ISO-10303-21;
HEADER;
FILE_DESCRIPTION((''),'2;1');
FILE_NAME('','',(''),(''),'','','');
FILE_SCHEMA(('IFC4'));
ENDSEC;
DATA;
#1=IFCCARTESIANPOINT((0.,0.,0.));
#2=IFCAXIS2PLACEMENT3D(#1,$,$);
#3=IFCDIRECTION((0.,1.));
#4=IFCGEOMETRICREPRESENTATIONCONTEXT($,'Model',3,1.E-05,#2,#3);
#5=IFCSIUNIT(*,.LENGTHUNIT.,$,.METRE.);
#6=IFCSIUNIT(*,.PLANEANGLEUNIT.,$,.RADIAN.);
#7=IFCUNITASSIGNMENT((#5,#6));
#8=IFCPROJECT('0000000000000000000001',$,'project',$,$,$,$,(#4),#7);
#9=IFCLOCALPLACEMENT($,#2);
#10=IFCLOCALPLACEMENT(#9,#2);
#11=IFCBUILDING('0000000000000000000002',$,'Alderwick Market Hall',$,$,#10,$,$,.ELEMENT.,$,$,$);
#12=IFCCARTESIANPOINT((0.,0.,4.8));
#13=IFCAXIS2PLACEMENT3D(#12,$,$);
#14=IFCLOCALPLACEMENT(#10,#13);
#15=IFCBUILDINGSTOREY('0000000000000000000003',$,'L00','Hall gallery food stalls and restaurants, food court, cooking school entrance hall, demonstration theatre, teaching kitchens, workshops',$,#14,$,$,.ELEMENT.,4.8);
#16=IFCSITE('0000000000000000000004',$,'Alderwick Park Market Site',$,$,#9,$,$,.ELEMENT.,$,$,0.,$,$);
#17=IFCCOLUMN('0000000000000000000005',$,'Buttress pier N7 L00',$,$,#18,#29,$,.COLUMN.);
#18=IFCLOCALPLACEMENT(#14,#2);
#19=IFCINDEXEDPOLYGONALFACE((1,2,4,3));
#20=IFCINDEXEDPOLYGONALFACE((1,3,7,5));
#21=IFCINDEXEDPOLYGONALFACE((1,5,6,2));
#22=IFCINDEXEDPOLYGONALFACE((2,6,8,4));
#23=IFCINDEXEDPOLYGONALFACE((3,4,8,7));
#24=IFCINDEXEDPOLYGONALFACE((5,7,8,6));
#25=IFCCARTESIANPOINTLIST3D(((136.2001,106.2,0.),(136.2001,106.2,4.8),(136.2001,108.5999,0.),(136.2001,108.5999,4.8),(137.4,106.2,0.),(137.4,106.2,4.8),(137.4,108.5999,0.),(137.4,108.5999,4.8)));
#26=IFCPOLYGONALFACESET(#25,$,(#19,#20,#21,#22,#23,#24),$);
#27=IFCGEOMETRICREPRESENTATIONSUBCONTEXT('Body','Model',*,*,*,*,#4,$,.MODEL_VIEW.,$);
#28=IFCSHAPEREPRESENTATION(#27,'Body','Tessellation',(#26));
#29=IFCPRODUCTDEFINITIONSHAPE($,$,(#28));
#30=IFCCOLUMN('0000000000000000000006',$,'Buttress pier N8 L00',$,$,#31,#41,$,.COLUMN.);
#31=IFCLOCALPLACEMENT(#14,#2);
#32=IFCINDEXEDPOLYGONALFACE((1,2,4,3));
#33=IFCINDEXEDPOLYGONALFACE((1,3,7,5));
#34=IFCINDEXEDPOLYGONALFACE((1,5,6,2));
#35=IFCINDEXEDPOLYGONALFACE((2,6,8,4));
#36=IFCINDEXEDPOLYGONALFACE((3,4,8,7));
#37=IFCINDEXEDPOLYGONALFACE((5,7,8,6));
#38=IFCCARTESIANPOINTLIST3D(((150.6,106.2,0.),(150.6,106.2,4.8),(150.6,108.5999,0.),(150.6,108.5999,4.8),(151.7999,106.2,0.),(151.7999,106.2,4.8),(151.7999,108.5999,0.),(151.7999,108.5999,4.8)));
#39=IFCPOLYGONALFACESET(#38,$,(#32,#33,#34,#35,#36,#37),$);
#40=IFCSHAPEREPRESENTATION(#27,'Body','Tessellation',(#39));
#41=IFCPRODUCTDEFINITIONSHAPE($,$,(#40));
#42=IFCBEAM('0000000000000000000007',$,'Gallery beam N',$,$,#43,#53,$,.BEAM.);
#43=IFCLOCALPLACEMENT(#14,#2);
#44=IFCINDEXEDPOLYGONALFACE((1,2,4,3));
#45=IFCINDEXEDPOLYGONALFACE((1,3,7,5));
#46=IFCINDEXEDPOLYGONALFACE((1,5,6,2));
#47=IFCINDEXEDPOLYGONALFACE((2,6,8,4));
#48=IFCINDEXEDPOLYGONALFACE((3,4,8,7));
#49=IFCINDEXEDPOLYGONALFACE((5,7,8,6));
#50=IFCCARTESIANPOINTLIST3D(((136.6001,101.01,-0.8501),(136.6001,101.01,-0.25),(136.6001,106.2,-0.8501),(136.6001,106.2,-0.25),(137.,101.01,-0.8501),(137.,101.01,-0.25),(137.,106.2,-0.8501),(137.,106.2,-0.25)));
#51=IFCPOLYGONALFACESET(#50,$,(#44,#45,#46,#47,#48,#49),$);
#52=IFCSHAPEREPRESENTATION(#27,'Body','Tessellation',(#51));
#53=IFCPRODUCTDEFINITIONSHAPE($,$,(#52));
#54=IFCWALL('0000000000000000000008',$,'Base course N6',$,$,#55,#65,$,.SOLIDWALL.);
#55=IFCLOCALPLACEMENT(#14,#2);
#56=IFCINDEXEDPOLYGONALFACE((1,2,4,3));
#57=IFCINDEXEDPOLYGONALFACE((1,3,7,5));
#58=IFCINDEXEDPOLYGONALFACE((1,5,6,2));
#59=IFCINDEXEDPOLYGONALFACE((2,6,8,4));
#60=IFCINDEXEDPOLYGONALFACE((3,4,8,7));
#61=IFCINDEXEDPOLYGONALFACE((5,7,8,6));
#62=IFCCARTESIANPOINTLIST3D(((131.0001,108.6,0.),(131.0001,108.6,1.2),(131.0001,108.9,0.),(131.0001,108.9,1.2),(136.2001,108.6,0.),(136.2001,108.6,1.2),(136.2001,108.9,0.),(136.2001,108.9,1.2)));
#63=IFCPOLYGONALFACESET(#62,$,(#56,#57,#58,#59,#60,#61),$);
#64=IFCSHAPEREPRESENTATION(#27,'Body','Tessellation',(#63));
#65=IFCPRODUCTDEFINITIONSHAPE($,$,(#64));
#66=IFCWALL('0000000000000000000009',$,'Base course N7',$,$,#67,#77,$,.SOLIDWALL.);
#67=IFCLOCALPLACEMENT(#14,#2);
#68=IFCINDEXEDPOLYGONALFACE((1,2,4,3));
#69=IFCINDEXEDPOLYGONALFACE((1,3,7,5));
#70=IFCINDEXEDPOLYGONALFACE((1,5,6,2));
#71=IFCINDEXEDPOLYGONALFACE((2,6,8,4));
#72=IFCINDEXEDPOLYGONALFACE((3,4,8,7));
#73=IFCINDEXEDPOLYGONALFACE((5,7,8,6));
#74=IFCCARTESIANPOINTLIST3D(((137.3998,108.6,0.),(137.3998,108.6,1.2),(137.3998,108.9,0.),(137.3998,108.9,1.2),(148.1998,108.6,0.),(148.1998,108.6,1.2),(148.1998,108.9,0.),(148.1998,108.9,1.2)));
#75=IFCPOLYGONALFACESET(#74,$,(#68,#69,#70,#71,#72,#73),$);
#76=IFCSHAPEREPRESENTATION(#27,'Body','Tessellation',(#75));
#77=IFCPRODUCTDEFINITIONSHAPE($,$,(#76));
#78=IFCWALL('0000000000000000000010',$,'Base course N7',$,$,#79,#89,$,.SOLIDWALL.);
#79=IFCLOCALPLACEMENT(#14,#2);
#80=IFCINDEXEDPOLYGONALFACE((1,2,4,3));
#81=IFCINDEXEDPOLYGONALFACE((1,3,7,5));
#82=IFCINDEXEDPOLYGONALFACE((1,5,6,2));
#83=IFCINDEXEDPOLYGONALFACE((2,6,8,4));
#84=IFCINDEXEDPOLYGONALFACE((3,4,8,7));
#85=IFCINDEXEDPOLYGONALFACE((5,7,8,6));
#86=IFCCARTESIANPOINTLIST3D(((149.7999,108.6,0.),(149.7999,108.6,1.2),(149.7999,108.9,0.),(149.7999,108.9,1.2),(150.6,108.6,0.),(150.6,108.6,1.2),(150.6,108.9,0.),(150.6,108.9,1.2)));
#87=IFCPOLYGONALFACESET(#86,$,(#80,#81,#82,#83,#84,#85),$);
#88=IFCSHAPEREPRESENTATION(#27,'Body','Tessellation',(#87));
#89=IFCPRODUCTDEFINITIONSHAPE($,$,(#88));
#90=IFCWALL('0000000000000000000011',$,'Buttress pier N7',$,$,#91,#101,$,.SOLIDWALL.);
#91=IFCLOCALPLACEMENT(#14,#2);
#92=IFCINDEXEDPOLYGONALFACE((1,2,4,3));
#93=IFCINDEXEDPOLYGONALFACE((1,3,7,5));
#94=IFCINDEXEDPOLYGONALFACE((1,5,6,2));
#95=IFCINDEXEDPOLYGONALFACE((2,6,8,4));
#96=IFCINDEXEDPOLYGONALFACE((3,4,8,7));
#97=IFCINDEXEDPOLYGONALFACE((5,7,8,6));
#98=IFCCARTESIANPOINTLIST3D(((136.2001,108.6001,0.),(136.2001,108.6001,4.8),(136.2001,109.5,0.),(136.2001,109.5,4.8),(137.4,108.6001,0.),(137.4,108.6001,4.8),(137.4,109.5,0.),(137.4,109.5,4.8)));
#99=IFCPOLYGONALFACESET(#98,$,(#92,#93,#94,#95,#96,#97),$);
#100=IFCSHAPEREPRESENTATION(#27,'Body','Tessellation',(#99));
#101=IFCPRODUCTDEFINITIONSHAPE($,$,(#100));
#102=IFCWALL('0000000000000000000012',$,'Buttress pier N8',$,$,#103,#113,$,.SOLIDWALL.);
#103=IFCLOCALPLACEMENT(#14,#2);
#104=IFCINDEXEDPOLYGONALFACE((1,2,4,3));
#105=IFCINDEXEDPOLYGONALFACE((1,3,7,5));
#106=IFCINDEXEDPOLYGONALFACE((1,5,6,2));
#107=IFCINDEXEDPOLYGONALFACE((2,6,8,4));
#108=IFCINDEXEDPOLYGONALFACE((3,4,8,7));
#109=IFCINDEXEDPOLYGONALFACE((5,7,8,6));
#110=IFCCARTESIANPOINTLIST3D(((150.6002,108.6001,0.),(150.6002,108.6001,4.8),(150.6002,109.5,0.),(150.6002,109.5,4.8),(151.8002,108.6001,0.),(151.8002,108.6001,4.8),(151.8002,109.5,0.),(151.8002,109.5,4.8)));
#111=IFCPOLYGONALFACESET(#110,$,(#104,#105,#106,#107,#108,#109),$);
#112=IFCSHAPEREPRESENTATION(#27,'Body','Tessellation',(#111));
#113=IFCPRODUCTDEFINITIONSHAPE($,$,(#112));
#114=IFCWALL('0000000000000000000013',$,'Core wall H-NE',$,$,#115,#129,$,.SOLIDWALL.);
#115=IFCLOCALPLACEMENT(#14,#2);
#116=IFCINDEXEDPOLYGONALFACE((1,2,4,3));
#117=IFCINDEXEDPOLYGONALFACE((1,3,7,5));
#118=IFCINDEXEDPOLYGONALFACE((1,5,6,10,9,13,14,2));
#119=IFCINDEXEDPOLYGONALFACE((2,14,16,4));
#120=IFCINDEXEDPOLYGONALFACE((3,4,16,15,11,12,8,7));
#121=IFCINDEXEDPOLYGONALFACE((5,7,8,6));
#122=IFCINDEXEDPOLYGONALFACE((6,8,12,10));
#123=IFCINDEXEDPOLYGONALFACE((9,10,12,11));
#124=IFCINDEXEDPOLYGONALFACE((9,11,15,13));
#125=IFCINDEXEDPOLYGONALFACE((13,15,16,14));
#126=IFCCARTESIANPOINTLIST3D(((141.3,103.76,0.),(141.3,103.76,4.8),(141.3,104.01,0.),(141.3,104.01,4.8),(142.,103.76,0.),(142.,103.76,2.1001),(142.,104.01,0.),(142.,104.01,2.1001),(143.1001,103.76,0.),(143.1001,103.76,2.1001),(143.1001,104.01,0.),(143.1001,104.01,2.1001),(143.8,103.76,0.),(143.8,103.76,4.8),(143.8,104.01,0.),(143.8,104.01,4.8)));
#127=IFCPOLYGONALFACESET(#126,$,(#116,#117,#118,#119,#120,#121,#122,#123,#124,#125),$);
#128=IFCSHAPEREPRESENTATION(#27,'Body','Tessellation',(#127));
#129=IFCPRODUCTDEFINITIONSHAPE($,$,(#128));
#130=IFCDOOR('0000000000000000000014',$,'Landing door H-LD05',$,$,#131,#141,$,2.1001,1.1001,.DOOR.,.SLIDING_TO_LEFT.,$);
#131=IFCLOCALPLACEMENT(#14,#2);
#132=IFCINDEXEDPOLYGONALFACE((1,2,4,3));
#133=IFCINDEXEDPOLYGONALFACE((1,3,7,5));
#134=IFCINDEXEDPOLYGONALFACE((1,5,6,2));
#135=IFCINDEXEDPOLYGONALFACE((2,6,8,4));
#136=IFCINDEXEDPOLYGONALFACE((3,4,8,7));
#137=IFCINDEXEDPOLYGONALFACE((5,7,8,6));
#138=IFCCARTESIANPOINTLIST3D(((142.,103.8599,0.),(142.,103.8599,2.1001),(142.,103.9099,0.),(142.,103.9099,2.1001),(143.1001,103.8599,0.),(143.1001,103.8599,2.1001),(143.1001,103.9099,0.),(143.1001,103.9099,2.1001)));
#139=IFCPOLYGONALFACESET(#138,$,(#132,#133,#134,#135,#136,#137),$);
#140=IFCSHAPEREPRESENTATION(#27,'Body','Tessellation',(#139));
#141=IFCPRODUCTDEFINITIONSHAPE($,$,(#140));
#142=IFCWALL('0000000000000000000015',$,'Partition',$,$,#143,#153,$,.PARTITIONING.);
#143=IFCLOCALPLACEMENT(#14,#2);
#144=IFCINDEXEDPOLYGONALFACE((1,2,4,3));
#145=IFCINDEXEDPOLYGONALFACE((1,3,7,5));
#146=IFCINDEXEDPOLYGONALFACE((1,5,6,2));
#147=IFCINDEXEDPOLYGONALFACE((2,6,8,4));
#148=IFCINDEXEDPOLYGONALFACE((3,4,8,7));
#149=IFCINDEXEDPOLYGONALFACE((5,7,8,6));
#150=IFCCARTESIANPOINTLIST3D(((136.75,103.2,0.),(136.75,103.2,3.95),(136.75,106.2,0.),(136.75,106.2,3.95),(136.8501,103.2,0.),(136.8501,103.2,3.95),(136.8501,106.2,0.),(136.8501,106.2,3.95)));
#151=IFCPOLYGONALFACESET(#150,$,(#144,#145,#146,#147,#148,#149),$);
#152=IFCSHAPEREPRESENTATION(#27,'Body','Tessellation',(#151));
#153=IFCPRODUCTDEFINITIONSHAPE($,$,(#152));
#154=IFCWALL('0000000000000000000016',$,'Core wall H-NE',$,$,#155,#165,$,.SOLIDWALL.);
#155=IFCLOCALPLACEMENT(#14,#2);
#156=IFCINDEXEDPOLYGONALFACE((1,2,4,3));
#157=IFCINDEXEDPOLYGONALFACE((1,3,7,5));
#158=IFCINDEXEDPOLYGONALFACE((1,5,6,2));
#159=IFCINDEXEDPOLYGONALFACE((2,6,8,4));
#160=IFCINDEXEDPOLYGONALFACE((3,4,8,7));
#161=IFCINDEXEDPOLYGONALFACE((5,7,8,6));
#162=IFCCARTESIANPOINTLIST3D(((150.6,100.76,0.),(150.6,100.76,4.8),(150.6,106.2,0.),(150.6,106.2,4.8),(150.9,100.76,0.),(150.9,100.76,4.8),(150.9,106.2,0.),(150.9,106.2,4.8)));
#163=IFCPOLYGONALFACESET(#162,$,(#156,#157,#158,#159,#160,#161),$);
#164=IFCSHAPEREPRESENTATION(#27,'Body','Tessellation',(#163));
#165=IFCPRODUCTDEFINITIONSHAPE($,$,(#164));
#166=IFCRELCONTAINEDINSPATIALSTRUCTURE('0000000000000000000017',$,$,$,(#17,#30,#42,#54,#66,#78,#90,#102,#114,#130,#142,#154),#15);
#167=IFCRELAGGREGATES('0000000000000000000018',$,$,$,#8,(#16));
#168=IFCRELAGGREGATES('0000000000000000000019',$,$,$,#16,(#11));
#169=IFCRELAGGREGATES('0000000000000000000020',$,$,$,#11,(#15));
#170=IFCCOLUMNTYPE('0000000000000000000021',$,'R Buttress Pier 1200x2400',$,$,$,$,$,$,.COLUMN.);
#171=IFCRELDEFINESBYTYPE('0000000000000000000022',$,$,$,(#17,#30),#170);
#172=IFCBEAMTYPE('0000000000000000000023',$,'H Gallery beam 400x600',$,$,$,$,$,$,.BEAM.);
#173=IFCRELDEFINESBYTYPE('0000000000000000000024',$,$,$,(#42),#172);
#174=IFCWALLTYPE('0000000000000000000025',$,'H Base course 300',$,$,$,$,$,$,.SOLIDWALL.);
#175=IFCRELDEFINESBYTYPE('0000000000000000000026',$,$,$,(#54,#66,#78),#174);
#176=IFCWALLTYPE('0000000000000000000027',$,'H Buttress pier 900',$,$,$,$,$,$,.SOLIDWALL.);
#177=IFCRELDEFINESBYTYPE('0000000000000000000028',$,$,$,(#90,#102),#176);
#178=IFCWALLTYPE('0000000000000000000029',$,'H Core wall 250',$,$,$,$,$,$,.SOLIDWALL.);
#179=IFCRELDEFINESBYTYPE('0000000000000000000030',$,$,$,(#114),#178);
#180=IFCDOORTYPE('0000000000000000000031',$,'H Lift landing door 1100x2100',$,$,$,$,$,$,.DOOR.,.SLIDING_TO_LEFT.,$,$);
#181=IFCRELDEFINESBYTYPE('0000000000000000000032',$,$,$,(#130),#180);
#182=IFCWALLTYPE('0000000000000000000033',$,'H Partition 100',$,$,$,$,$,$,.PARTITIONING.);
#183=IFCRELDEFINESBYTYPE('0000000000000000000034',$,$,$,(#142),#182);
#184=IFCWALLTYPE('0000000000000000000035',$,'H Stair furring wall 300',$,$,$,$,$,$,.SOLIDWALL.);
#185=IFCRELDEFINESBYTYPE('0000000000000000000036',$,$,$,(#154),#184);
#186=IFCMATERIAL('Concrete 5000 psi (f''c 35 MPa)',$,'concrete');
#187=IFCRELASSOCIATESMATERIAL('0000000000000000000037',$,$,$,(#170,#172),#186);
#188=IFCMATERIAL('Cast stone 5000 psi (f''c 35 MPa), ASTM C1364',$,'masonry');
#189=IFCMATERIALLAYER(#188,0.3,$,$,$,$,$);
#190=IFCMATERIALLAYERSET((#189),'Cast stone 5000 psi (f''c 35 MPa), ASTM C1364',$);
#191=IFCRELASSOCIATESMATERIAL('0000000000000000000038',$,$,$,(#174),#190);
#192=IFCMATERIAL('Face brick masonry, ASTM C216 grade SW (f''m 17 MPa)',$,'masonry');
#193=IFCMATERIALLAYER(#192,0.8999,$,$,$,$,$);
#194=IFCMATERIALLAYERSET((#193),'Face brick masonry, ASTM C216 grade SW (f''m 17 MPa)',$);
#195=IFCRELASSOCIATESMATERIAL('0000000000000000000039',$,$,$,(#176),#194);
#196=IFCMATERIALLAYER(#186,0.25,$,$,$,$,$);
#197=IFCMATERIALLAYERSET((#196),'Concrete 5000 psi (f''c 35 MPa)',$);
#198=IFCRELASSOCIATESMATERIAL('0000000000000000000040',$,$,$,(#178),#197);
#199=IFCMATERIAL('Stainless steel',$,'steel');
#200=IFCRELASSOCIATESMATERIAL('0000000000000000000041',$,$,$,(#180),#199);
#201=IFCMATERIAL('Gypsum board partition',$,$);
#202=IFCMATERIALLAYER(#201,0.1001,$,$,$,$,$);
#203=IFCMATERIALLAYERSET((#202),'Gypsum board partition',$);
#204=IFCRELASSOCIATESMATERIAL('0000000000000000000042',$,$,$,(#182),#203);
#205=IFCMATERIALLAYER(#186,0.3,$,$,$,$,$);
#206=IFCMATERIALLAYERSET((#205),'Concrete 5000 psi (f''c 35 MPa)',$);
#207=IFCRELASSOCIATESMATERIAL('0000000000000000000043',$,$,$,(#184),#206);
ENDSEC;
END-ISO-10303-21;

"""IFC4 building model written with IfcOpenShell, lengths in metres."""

from ifc_helpers import new_model, si_unit, direction, frame, frame_2d, origin, origin_2d, place, context, subcontext, project, spatial, rectangle, extrude, material, layer, layer_set, material_profile, profile_set, type_object, element, fill, save


model = new_model("IFC4")

# Units and contexts
model_context = context("Model", 3, precision=1e-05, world=origin(), true_north=direction((0.0, 1.0)))
body_context = subcontext(model_context, "Body", "Model", "MODEL_VIEW")
ifc_project = project(units=[si_unit("LENGTHUNIT", "METRE"), si_unit("PLANEANGLEUNIT", "RADIAN")], contexts=[model_context])

# Site, building, storey
site_placement = place(None, origin())
site = spatial("IfcSite", under=ifc_project, at=site_placement, Name="Alderwick Park Market Site", CompositionType="ELEMENT", RefElevation=0.0)
building_placement = place(site_placement, origin())
building = spatial("IfcBuilding", under=site, at=building_placement, Name="Alderwick Market Hall", CompositionType="ELEMENT")
storey_placement = place(building_placement, frame((0.0, 0.0, 4.8)))
storey = spatial("IfcBuildingStorey", under=building, at=storey_placement, Name="L00", Description="Hall gallery food stalls and restaurants, food court, cooking school entrance hall, demonstration theatre, teaching kitchens, workshops", CompositionType="ELEMENT", Elevation=4.8)

# Columns
ifc_material_1 = material(Name="Concrete 5000 psi (f'c 35 MPa)", Category="concrete")
ifc_material_profile_1 = material_profile(ifc_material_1, rectangle(XDim=1.2, YDim=2.3999, at=origin_2d()), Name="RC 1200x2400")
ifc_profile_set_1 = profile_set([ifc_material_profile_1], Name="Concrete 5000 psi (f'c 35 MPa)")
column_type = type_object("IfcColumnType", Name="R Buttress Pier 1200x2400", PredefinedType="COLUMN", material=ifc_profile_set_1)
for number, where, z_axis, x_axis, name in (
    (1, (136.8, 107.3999, 0.0), (0.0, 0.0, 1.0), (1.0, 0.0, 0.0), "Buttress pier N7 L00"),
    (2, (151.2, 107.3999, 0.0), (0.0, 0.0, 1.0), (1.0, 0.0, 0.0), "Buttress pier N8 L00"),
):
    element("IfcColumn", number, at=place(storey_placement, frame(where, z_axis=z_axis, x_axis=x_axis)), inside=storey, type_object=column_type, Name=name, PredefinedType="COLUMN", context=body_context, shape_type="SweptSolid", body=[
        extrude(rectangle(XDim=1.2, YDim=2.3999, at=origin_2d()), origin(), (0.0, 0.0, 1.0), 4.8),
    ])

# Beam
ifc_material_profile_2 = material_profile(ifc_material_1, rectangle(XDim=0.3999, YDim=0.6001, at=origin_2d()), Name="RC 400x600")
ifc_profile_set_2 = profile_set([ifc_material_profile_2], Name="Concrete 5000 psi (f'c 35 MPa)")
beam_type = type_object("IfcBeamType", Name="H Gallery beam 400x600", PredefinedType="BEAM", material=ifc_profile_set_2)
beam_placement = place(storey_placement, frame((136.8, 106.2, -0.55), z_axis=(0.0, -1.0, 0.0), x_axis=(1.0, 0.0, 0.0)))
element("IfcBeam", 3, at=beam_placement, inside=storey, type_object=beam_type, Name="Gallery beam N", PredefinedType="BEAM", context=body_context, shape_type="SweptSolid", body=[
    extrude(rectangle(XDim=0.3999, YDim=0.6001, at=origin_2d()), origin(), (0.0, 0.0, 1.0), 5.1899),
])

# Walls
ifc_material_2 = material(Name="Cast stone 5000 psi (f'c 35 MPa), ASTM C1364", Category="masonry")
ifc_layer_1 = layer(ifc_material_2, 0.3)
ifc_layer_set_1 = layer_set([ifc_layer_1], Name="Cast stone 5000 psi (f'c 35 MPa), ASTM C1364")
wall_type_1 = type_object("IfcWallType", Name="H Base course 300", PredefinedType="SOLIDWALL", material=ifc_layer_set_1)
wall_1_placement = place(storey_placement, frame((131.0, 108.75, 0.0), z_axis=(0.0, 0.0, 1.0), x_axis=(1.0, 0.0, 0.0)))
element("IfcWall", 4, at=wall_1_placement, inside=storey, type_object=wall_type_1, Name="Base course N6", PredefinedType="SOLIDWALL", context=body_context, shape_type="SweptSolid", body=[
    extrude(rectangle(XDim=5.2, YDim=0.3, at=frame_2d((2.6001, 0.0))), origin(), (0.0, 0.0, 1.0), 1.2),
])
wall_2_placement = place(storey_placement, frame((137.3999, 108.75, 0.0), z_axis=(0.0, 0.0, 1.0), x_axis=(1.0, 0.0, 0.0)))
element("IfcWall", 5, at=wall_2_placement, inside=storey, type_object=wall_type_1, Name="Base course N7", PredefinedType="SOLIDWALL", context=body_context, shape_type="SweptSolid", body=[
    extrude(rectangle(XDim=10.8, YDim=0.3, at=frame_2d((5.3999, 0.0))), origin(), (0.0, 0.0, 1.0), 1.2),
])
wall_3_placement = place(storey_placement, frame((149.8, 108.75, 0.0), z_axis=(0.0, 0.0, 1.0), x_axis=(1.0, 0.0, 0.0)))
element("IfcWall", 6, at=wall_3_placement, inside=storey, type_object=wall_type_1, Name="Base course N7", PredefinedType="SOLIDWALL", context=body_context, shape_type="SweptSolid", body=[
    extrude(rectangle(XDim=0.8, YDim=0.3, at=frame_2d((0.3999, 0.0))), origin(), (0.0, 0.0, 1.0), 1.2),
])
ifc_material_3 = material(Name="Face brick masonry, ASTM C216 grade SW (f'm 17 MPa)", Category="masonry")
ifc_layer_2 = layer(ifc_material_3, 0.8999)
ifc_layer_set_2 = layer_set([ifc_layer_2], Name="Face brick masonry, ASTM C216 grade SW (f'm 17 MPa)")
wall_type_2 = type_object("IfcWallType", Name="H Buttress pier 900", PredefinedType="SOLIDWALL", material=ifc_layer_set_2)
for number, where, z_axis, x_axis, name in (
    (7, (136.2, 109.05, 0.0), (0.0, 0.0, 1.0), (1.0, 0.0, 0.0), "Buttress pier N7"),
    (8, (150.6001, 109.05, 0.0), (0.0, 0.0, 1.0), (1.0, 0.0, 0.0), "Buttress pier N8"),
):
    element("IfcWall", number, at=place(storey_placement, frame(where, z_axis=z_axis, x_axis=x_axis)), inside=storey, type_object=wall_type_2, Name=name, PredefinedType="SOLIDWALL", context=body_context, shape_type="SweptSolid", body=[
        extrude(rectangle(XDim=1.2, YDim=0.8999, at=frame_2d((0.6001, 0.0))), origin(), (0.0, 0.0, 1.0), 4.8),
    ])

# Wall, opening, door
ifc_layer_3 = layer(ifc_material_1, 0.25)
ifc_layer_set_3 = layer_set([ifc_layer_3], Name="Concrete 5000 psi (f'c 35 MPa)")
wall_type_3 = type_object("IfcWallType", Name="H Core wall 250", PredefinedType="SOLIDWALL", material=ifc_layer_set_3)
wall_4_placement = place(storey_placement, frame((141.3, 103.885, 0.0), z_axis=(0.0, 0.0, 1.0), x_axis=(1.0, 0.0, 0.0)))
wall_4 = element("IfcWall", 9, at=wall_4_placement, inside=storey, type_object=wall_type_3, Name="Core wall H-NE", PredefinedType="SOLIDWALL", context=body_context, shape_type="SweptSolid", body=[
    extrude(rectangle(XDim=2.5, YDim=0.25, at=frame_2d((1.25, 0.0))), origin(), (0.0, 0.0, 1.0), 4.8),
])
opening_1_placement = place(wall_4_placement, frame((0.7, 0.0, 0.0)))
opening_1 = element("IfcOpeningElement", 10, at=opening_1_placement, cuts=wall_4, PredefinedType="OPENING", context=body_context, shape_type="SweptSolid", body=[
    extrude(rectangle(XDim=1.1001, YDim=2.1001, at=frame_2d((0.55, 1.05))), frame((0.0, 0.135, 0.0), z_axis=(0.0, -1.0, 0.0), x_axis=(1.0, 0.0, 0.0)), (0.0, 0.0, 1.0), 0.27),
])
ifc_material_4 = material(Name="Stainless steel", Category="steel")
door_type = type_object("IfcDoorType", Name="H Lift landing door 1100x2100", OperationType="SLIDING_TO_LEFT", PredefinedType="DOOR", material=ifc_material_4)
door_placement = place(opening_1_placement, origin())
door = element("IfcDoor", 11, at=door_placement, inside=storey, type_object=door_type, Name="Landing door H-LD05", OperationType="SLIDING_TO_LEFT", OverallHeight=2.1001, OverallWidth=1.1001, PredefinedType="DOOR", context=body_context, shape_type="SweptSolid", body=[
    extrude(rectangle(XDim=1.1001, YDim=2.1001, at=frame_2d((0.55, 1.05))), frame((0.0, 0.0249, 0.0), z_axis=(0.0, -1.0, 0.0), x_axis=(1.0, 0.0, 0.0)), (0.0, 0.0, 1.0), 0.05),
])
fill(opening_1, door)

# Walls
ifc_material_5 = material(Name="Gypsum board partition")
ifc_layer_4 = layer(ifc_material_5, 0.1001)
ifc_layer_set_4 = layer_set([ifc_layer_4], Name="Gypsum board partition")
wall_type_4 = type_object("IfcWallType", Name="H Partition 100", PredefinedType="PARTITIONING", material=ifc_layer_set_4)
wall_5_placement = place(storey_placement, frame((136.8, 106.2, 0.0), z_axis=(0.0, 0.0, 1.0), x_axis=(0.0, -1.0, 0.0)))
element("IfcWall", 12, at=wall_5_placement, inside=storey, type_object=wall_type_4, Name="Partition", PredefinedType="PARTITIONING", context=body_context, shape_type="SweptSolid", body=[
    extrude(rectangle(XDim=3.0, YDim=0.1001, at=frame_2d((1.5, 0.0))), origin(), (0.0, 0.0, 1.0), 3.95),
])
ifc_layer_5 = layer(ifc_material_1, 0.3)
ifc_layer_set_5 = layer_set([ifc_layer_5], Name="Concrete 5000 psi (f'c 35 MPa)")
wall_type_5 = type_object("IfcWallType", Name="H Stair furring wall 300", PredefinedType="SOLIDWALL", material=ifc_layer_set_5)
wall_6_placement = place(storey_placement, frame((150.75, 100.76, 0.0), z_axis=(0.0, 0.0, 1.0), x_axis=(0.0, 1.0, 0.0)))
element("IfcWall", 13, at=wall_6_placement, inside=storey, type_object=wall_type_5, Name="Core wall H-NE", PredefinedType="SOLIDWALL", context=body_context, shape_type="SweptSolid", body=[
    extrude(rectangle(XDim=5.4399, YDim=0.3, at=frame_2d((2.72, 0.0))), origin(), (0.0, 0.0, 1.0), 4.8),
])

save(model, "model.ifc")
